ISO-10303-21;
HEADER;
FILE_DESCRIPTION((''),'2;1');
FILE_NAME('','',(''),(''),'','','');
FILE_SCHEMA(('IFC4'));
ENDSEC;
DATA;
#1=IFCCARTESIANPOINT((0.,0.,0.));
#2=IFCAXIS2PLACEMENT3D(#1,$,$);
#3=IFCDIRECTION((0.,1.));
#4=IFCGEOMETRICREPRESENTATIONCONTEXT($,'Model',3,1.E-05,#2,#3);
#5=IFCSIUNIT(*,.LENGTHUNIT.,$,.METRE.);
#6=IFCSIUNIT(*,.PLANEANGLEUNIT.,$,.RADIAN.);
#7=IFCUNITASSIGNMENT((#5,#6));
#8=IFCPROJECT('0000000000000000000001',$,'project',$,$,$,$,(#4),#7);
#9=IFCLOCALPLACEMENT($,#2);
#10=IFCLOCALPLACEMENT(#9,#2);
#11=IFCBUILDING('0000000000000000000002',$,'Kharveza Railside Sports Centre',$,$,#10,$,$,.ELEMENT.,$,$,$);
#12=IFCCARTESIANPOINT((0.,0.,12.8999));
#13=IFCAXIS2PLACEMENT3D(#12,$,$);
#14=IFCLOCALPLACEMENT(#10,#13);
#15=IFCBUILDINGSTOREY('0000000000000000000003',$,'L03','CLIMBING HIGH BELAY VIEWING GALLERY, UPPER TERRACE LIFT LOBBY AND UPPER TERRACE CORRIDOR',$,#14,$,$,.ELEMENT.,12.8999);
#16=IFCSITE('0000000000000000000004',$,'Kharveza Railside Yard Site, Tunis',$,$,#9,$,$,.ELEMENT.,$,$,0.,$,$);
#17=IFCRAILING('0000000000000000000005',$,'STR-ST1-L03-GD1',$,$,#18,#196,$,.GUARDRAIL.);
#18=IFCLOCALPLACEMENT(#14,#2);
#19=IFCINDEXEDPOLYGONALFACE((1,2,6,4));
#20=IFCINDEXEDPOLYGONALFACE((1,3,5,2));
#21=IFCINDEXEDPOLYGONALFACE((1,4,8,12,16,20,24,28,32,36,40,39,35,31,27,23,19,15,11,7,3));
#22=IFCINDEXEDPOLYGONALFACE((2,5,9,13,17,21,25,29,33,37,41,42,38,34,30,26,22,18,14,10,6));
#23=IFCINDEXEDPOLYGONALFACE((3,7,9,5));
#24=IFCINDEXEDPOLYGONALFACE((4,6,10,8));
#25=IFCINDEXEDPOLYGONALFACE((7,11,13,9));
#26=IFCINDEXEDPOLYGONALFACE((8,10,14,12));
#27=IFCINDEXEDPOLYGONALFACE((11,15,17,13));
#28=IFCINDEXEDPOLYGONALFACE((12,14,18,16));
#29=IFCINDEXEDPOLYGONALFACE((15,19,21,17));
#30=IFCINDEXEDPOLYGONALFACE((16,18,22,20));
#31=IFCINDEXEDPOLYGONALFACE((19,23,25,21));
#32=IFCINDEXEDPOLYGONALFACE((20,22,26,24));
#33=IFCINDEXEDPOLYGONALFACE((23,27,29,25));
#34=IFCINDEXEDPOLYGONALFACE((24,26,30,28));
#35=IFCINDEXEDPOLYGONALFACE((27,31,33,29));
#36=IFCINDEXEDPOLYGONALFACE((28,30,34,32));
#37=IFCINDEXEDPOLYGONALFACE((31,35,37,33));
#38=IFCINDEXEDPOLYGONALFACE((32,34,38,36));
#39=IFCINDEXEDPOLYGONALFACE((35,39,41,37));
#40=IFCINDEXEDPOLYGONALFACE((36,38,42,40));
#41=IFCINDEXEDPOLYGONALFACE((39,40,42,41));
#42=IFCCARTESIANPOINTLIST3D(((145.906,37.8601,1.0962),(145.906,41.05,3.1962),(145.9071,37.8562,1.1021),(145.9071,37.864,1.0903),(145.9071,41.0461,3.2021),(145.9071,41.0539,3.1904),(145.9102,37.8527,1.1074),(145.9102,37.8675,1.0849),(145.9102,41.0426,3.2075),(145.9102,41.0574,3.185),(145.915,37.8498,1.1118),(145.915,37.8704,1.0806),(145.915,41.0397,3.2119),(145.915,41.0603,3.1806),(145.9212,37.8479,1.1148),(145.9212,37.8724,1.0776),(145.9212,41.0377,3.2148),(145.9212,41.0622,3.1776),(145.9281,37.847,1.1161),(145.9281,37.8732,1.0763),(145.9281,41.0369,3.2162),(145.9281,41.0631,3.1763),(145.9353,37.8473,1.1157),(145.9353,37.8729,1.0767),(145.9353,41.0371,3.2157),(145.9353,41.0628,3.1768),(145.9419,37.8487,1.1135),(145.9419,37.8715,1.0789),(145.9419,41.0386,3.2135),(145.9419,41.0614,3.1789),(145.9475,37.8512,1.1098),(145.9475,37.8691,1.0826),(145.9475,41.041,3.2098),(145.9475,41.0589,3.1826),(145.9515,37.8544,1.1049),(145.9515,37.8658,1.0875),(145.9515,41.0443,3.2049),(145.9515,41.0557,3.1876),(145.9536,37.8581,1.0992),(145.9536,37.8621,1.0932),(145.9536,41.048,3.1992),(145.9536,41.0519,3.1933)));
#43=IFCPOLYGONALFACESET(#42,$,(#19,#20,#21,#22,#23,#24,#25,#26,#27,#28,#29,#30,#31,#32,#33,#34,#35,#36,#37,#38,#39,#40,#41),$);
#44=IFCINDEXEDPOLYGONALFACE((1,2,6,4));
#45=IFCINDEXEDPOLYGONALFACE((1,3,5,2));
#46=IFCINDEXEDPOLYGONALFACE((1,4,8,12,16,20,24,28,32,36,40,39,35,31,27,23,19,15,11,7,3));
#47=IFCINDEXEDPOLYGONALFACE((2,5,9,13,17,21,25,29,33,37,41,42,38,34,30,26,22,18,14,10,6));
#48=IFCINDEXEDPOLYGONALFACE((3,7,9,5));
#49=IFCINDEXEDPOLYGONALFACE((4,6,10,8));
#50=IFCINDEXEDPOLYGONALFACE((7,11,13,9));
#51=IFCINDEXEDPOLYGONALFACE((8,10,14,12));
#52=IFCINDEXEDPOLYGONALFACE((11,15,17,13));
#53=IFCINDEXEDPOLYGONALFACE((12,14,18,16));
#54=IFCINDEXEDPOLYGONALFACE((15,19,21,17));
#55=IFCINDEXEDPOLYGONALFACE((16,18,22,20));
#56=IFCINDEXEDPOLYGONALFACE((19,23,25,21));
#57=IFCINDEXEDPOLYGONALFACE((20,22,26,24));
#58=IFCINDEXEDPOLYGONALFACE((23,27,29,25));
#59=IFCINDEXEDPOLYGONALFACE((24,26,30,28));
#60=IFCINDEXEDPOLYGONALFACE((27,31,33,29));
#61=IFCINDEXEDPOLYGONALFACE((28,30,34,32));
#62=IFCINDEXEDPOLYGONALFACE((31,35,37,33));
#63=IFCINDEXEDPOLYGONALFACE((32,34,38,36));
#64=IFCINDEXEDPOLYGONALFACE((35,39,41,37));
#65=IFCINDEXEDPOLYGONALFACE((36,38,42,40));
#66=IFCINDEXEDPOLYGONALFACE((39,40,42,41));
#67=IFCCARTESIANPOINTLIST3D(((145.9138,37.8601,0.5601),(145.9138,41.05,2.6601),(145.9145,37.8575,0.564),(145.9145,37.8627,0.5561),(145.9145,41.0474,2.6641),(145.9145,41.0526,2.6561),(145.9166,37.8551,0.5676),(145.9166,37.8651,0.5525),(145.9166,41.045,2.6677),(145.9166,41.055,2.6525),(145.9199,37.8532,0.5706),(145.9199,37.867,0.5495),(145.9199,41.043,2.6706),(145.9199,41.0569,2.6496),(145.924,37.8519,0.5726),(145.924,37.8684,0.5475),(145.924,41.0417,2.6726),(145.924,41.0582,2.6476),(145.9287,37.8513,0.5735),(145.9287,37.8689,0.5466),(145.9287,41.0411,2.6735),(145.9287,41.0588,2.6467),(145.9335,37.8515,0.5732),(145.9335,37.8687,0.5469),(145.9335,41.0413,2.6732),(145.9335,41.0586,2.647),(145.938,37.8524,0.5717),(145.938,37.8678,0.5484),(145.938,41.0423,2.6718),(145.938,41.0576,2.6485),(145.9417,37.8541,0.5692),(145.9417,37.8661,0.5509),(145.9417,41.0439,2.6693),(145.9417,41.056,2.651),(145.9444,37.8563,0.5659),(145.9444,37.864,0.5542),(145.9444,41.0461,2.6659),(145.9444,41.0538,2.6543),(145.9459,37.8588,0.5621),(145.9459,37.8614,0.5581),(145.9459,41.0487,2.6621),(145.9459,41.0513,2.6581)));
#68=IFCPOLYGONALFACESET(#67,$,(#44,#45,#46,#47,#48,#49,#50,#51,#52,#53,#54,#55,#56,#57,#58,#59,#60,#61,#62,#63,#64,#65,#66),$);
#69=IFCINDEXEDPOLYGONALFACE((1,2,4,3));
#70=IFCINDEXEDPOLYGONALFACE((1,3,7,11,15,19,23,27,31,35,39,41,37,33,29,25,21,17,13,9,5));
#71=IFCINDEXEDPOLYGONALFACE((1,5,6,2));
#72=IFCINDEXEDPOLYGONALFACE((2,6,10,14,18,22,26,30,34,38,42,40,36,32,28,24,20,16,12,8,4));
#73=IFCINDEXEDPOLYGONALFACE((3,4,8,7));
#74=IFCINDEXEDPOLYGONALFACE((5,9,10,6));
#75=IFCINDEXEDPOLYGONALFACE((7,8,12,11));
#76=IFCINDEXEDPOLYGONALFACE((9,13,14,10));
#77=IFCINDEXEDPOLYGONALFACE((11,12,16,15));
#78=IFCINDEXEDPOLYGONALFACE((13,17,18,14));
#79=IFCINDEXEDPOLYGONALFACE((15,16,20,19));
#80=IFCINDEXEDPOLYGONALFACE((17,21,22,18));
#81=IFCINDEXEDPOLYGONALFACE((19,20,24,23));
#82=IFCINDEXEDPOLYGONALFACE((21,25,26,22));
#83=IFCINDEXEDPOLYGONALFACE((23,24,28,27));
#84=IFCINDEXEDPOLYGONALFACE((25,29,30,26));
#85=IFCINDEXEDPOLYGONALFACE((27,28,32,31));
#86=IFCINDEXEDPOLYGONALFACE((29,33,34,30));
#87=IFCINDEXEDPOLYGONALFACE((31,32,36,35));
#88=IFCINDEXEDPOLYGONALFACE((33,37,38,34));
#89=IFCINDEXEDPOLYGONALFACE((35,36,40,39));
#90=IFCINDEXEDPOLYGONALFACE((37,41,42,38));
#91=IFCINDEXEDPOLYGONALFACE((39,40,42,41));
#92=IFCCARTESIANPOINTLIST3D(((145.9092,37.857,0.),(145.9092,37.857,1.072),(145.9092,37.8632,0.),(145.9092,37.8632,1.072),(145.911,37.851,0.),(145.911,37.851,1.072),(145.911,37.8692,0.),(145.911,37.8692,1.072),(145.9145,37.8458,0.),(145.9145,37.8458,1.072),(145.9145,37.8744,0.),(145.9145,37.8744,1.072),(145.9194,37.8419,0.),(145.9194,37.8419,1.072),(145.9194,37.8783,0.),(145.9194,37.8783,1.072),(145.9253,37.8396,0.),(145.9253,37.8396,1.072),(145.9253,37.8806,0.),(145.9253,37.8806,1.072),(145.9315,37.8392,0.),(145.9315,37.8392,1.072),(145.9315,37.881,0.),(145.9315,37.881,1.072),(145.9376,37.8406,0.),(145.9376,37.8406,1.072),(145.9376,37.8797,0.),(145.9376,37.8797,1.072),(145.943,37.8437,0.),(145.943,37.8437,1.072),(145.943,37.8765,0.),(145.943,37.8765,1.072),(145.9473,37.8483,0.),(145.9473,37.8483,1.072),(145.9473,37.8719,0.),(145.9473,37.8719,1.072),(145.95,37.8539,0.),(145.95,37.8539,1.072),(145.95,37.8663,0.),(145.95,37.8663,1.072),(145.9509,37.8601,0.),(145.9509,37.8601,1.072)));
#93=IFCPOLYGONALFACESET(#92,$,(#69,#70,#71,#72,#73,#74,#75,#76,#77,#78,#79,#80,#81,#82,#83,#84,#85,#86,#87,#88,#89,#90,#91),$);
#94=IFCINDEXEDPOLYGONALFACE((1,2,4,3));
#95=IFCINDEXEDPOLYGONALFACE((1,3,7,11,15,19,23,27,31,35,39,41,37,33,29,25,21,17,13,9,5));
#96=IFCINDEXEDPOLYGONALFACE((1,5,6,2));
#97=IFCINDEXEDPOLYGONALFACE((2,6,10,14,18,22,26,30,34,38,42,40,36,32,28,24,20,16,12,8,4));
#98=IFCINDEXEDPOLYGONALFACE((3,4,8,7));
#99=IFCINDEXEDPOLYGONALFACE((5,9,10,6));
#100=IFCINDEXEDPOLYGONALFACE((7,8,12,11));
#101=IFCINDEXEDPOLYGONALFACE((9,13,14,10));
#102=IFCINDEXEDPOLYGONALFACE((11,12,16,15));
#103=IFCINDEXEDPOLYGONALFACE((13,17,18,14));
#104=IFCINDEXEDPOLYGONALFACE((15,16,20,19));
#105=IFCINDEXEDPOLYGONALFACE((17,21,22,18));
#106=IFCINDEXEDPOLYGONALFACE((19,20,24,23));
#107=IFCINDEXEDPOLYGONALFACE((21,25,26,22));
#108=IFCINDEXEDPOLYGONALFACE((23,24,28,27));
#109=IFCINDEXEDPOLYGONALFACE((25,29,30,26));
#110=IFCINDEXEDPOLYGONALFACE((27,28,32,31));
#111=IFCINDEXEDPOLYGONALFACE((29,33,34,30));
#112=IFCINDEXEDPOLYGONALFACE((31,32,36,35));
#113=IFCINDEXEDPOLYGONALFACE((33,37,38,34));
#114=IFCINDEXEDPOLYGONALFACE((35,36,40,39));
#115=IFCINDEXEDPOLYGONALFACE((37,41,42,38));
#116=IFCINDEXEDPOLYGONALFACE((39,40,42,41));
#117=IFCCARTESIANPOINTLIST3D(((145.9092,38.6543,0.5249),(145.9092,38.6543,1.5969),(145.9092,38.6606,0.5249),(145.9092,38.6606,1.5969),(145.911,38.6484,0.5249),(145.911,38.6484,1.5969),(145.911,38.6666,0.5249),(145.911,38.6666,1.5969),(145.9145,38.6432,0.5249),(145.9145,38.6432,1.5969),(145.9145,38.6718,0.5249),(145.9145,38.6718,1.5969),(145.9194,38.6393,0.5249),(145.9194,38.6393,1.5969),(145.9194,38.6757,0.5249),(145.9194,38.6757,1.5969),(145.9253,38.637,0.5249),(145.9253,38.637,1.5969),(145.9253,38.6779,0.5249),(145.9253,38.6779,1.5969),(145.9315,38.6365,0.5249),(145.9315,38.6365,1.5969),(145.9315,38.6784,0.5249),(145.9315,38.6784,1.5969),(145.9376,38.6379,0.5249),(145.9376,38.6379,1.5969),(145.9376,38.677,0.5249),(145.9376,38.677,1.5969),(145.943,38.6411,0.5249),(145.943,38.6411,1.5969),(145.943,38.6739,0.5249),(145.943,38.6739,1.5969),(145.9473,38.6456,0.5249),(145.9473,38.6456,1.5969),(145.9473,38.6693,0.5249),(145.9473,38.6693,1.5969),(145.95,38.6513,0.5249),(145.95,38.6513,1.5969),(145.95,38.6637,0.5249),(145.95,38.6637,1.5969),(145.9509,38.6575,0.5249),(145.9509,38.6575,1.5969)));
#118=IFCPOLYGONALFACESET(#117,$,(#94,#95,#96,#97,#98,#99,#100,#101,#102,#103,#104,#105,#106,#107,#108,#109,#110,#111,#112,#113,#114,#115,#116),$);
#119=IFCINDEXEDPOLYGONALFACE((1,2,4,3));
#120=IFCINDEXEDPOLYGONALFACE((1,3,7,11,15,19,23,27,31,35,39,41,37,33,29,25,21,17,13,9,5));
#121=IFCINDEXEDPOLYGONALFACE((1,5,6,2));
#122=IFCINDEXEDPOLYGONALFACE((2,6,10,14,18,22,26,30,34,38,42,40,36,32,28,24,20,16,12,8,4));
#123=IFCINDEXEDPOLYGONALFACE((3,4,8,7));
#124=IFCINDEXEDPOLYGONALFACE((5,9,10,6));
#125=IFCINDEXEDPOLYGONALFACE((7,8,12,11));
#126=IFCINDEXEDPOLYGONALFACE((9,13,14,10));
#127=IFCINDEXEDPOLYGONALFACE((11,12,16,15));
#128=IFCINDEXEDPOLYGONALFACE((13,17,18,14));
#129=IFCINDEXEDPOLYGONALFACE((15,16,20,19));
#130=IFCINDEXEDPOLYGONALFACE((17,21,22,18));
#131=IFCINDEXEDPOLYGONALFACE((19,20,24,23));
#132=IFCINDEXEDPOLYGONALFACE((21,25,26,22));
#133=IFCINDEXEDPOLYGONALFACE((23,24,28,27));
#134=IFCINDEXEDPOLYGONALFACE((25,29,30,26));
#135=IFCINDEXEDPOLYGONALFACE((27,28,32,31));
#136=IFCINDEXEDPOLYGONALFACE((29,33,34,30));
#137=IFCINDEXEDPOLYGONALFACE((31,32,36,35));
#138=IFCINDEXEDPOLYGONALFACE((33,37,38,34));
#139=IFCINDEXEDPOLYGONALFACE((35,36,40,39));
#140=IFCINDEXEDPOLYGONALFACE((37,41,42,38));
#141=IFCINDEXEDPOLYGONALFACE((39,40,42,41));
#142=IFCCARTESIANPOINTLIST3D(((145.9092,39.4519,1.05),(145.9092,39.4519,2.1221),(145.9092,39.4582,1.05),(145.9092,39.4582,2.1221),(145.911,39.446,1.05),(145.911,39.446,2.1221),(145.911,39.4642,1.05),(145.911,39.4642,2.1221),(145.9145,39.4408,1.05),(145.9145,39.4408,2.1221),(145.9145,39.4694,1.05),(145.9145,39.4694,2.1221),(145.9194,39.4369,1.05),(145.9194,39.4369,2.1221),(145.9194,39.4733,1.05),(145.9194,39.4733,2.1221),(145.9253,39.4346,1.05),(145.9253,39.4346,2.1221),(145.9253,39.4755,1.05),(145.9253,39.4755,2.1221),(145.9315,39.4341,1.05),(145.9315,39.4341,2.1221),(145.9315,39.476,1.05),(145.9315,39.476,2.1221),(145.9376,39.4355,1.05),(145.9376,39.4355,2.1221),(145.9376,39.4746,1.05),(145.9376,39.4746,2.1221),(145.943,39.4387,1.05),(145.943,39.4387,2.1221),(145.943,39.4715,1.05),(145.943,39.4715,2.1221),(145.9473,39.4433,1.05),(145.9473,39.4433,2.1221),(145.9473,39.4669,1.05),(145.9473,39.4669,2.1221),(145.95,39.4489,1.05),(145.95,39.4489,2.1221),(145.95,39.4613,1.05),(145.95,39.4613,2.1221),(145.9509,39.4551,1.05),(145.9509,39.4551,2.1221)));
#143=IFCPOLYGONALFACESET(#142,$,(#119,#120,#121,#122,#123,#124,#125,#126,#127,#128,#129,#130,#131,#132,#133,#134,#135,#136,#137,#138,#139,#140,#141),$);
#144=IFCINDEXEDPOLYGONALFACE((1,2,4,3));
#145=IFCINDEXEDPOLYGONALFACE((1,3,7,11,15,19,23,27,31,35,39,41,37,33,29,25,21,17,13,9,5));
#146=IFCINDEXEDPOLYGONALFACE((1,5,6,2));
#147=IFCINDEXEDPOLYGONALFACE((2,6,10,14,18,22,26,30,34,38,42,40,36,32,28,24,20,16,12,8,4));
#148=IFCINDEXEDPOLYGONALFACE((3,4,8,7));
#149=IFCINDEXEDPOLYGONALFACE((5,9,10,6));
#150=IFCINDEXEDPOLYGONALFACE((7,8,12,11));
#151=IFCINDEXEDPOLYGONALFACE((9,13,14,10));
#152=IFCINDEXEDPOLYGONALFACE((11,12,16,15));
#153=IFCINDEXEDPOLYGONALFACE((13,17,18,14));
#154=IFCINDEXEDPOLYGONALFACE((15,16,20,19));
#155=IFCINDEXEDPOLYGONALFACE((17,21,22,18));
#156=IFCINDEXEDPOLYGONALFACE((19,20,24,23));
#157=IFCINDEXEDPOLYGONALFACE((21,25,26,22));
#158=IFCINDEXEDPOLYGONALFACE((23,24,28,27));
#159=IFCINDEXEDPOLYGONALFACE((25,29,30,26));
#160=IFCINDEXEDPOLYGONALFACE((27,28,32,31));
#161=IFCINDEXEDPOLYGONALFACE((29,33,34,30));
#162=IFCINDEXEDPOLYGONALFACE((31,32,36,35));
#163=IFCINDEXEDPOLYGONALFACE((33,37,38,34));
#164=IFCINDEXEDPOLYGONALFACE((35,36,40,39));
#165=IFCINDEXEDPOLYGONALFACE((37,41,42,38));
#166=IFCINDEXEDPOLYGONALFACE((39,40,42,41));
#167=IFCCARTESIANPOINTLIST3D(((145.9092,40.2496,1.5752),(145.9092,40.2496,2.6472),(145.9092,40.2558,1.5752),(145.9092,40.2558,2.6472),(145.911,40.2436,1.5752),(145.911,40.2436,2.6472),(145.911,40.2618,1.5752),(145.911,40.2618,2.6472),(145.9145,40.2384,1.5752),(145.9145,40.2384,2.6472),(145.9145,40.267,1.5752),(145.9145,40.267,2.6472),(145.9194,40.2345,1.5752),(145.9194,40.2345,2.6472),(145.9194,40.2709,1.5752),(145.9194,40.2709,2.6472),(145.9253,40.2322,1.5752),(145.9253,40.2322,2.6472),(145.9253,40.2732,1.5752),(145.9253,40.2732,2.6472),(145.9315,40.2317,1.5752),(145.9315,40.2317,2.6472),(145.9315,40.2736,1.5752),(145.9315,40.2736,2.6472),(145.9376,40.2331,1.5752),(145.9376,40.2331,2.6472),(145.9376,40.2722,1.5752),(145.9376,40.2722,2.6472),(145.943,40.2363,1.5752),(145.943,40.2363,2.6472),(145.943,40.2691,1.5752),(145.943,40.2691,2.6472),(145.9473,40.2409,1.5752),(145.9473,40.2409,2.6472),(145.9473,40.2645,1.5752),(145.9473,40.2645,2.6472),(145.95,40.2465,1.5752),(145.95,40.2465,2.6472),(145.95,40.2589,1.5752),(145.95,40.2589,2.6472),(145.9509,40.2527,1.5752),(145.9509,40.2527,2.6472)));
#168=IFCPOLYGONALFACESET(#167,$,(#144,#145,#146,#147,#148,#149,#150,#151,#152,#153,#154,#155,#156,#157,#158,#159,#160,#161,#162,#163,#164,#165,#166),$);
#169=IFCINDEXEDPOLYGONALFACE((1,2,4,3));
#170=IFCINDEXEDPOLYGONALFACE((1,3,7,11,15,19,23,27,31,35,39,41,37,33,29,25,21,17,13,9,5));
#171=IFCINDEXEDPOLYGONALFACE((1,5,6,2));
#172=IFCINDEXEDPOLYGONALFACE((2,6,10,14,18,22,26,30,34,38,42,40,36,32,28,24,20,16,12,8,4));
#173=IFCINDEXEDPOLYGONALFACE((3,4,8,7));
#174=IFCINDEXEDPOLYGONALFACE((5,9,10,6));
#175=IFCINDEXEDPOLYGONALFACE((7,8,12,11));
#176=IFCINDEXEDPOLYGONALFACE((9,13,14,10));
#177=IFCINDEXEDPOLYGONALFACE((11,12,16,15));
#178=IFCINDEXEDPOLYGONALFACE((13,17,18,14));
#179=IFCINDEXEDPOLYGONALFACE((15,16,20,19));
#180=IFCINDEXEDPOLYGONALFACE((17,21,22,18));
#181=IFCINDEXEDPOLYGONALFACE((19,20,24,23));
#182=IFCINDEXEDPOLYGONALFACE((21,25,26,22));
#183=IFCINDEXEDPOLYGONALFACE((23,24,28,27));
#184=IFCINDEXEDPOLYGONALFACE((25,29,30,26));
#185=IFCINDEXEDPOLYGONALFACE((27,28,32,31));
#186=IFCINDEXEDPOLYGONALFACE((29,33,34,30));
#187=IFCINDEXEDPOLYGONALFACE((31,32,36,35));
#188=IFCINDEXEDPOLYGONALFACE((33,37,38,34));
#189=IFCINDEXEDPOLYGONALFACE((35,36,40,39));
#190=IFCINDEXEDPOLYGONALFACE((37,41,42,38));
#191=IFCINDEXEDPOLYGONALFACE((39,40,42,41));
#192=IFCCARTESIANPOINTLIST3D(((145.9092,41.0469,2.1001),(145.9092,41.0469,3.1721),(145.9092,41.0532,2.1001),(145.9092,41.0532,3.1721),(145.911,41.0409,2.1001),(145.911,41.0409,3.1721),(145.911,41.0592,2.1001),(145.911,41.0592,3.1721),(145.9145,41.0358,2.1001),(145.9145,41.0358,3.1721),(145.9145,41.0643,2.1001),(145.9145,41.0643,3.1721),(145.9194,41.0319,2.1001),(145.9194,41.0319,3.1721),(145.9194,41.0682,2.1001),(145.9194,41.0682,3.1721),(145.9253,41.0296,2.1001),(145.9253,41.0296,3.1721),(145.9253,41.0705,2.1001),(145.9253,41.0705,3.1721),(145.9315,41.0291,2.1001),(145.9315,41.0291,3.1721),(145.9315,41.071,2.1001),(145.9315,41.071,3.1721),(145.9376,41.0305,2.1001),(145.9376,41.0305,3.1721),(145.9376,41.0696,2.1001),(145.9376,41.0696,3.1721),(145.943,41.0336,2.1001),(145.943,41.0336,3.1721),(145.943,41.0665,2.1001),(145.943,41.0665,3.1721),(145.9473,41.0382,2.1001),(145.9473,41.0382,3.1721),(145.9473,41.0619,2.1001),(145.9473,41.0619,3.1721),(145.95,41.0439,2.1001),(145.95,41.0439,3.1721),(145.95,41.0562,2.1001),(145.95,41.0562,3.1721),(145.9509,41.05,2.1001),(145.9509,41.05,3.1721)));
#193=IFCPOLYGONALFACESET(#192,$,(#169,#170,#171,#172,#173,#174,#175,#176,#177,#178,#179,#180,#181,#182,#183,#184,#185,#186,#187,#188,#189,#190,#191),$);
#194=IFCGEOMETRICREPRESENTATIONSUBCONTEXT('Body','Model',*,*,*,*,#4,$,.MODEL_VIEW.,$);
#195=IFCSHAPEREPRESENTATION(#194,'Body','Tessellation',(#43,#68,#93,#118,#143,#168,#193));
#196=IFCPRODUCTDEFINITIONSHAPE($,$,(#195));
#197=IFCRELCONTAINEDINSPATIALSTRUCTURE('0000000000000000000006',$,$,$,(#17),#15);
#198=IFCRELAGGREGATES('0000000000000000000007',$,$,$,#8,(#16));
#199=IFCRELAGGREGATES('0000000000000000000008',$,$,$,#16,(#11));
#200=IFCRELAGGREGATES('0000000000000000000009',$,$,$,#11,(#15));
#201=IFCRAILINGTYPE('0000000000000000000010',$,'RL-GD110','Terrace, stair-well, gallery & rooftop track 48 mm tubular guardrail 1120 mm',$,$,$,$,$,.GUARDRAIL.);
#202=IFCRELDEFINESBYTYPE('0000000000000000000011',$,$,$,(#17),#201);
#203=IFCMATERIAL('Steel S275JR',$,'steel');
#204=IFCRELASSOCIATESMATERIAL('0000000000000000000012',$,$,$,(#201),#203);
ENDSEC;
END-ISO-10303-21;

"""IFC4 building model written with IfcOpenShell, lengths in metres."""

from ifc_helpers import new_model, si_unit, direction, frame, origin, origin_2d, place, context, subcontext, project, spatial, circle, extrude, material, type_object, element, save


model = new_model("IFC4")

# Units and contexts
model_context = context("Model", 3, precision=1e-05, world=origin(), true_north=direction((0.0, 1.0)))
body_context = subcontext(model_context, "Body", "Model", "MODEL_VIEW")
ifc_project = project(units=[si_unit("LENGTHUNIT", "METRE"), si_unit("PLANEANGLEUNIT", "RADIAN")], contexts=[model_context])

# Site, building, storey
site_placement = place(None, origin())
site = spatial("IfcSite", under=ifc_project, at=site_placement, Name="Kharveza Railside Yard Site, Tunis", CompositionType="ELEMENT", RefElevation=0.0)
building_placement = place(site_placement, origin())
building = spatial("IfcBuilding", under=site, at=building_placement, Name="Kharveza Railside Sports Centre", CompositionType="ELEMENT")
storey_placement = place(building_placement, frame((0.0, 0.0, 12.8999)))
storey = spatial("IfcBuildingStorey", under=building, at=storey_placement, Name="L03", Description="CLIMBING HIGH BELAY VIEWING GALLERY, UPPER TERRACE LIFT LOBBY AND UPPER TERRACE CORRIDOR", CompositionType="ELEMENT", Elevation=12.8999)

# Railing
ifc_material_1 = material(Name="Steel S275JR", Category="steel")
railing_type_1 = type_object("IfcRailingType", Name="RL-GD110", Description="Terrace, stair-well, gallery & rooftop track 48 mm tubular guardrail 1120 mm", PredefinedType="GUARDRAIL", material=ifc_material_1)
railing_1_placement = place(storey_placement, frame((145.9299, 37.8601, 0.0)))
element("IfcRailing", 1, at=railing_1_placement, inside=storey, type_object=railing_type_1, Name="STR-ST1-L03-GD1", PredefinedType="GUARDRAIL", context=body_context, shape_type="SweptSolid", body=[
    extrude(circle(Radius=0.0239, at=origin_2d()), frame((0.0, 0.0, 1.0962), z_axis=(0.0, 0.835242, 0.549882), x_axis=(-1.0, 0.0, 0.0)), (0.0, 0.0, 1.0), 3.8191),
    extrude(circle(Radius=0.0161, at=origin_2d()), frame((0.0, 0.0, 0.5601), z_axis=(0.0, 0.835242, 0.549882), x_axis=(-1.0, 0.0, 0.0)), (0.0, 0.0, 1.0), 3.8191),
    extrude(circle(Radius=0.021, at=origin_2d()), origin(), (0.0, 0.0, 1.0), 1.072),
    extrude(circle(Radius=0.021, at=origin_2d()), frame((0.0, 0.7974, 0.5249)), (0.0, 0.0, 1.0), 1.072),
    extrude(circle(Radius=0.021, at=origin_2d()), frame((0.0, 1.595, 1.05)), (0.0, 0.0, 1.0), 1.072),
    extrude(circle(Radius=0.021, at=origin_2d()), frame((0.0, 2.3926, 1.5752)), (0.0, 0.0, 1.0), 1.072),
    extrude(circle(Radius=0.021, at=origin_2d()), frame((0.0, 3.1899, 2.1001)), (0.0, 0.0, 1.0), 1.072),
])

save(model, "model.ifc")
